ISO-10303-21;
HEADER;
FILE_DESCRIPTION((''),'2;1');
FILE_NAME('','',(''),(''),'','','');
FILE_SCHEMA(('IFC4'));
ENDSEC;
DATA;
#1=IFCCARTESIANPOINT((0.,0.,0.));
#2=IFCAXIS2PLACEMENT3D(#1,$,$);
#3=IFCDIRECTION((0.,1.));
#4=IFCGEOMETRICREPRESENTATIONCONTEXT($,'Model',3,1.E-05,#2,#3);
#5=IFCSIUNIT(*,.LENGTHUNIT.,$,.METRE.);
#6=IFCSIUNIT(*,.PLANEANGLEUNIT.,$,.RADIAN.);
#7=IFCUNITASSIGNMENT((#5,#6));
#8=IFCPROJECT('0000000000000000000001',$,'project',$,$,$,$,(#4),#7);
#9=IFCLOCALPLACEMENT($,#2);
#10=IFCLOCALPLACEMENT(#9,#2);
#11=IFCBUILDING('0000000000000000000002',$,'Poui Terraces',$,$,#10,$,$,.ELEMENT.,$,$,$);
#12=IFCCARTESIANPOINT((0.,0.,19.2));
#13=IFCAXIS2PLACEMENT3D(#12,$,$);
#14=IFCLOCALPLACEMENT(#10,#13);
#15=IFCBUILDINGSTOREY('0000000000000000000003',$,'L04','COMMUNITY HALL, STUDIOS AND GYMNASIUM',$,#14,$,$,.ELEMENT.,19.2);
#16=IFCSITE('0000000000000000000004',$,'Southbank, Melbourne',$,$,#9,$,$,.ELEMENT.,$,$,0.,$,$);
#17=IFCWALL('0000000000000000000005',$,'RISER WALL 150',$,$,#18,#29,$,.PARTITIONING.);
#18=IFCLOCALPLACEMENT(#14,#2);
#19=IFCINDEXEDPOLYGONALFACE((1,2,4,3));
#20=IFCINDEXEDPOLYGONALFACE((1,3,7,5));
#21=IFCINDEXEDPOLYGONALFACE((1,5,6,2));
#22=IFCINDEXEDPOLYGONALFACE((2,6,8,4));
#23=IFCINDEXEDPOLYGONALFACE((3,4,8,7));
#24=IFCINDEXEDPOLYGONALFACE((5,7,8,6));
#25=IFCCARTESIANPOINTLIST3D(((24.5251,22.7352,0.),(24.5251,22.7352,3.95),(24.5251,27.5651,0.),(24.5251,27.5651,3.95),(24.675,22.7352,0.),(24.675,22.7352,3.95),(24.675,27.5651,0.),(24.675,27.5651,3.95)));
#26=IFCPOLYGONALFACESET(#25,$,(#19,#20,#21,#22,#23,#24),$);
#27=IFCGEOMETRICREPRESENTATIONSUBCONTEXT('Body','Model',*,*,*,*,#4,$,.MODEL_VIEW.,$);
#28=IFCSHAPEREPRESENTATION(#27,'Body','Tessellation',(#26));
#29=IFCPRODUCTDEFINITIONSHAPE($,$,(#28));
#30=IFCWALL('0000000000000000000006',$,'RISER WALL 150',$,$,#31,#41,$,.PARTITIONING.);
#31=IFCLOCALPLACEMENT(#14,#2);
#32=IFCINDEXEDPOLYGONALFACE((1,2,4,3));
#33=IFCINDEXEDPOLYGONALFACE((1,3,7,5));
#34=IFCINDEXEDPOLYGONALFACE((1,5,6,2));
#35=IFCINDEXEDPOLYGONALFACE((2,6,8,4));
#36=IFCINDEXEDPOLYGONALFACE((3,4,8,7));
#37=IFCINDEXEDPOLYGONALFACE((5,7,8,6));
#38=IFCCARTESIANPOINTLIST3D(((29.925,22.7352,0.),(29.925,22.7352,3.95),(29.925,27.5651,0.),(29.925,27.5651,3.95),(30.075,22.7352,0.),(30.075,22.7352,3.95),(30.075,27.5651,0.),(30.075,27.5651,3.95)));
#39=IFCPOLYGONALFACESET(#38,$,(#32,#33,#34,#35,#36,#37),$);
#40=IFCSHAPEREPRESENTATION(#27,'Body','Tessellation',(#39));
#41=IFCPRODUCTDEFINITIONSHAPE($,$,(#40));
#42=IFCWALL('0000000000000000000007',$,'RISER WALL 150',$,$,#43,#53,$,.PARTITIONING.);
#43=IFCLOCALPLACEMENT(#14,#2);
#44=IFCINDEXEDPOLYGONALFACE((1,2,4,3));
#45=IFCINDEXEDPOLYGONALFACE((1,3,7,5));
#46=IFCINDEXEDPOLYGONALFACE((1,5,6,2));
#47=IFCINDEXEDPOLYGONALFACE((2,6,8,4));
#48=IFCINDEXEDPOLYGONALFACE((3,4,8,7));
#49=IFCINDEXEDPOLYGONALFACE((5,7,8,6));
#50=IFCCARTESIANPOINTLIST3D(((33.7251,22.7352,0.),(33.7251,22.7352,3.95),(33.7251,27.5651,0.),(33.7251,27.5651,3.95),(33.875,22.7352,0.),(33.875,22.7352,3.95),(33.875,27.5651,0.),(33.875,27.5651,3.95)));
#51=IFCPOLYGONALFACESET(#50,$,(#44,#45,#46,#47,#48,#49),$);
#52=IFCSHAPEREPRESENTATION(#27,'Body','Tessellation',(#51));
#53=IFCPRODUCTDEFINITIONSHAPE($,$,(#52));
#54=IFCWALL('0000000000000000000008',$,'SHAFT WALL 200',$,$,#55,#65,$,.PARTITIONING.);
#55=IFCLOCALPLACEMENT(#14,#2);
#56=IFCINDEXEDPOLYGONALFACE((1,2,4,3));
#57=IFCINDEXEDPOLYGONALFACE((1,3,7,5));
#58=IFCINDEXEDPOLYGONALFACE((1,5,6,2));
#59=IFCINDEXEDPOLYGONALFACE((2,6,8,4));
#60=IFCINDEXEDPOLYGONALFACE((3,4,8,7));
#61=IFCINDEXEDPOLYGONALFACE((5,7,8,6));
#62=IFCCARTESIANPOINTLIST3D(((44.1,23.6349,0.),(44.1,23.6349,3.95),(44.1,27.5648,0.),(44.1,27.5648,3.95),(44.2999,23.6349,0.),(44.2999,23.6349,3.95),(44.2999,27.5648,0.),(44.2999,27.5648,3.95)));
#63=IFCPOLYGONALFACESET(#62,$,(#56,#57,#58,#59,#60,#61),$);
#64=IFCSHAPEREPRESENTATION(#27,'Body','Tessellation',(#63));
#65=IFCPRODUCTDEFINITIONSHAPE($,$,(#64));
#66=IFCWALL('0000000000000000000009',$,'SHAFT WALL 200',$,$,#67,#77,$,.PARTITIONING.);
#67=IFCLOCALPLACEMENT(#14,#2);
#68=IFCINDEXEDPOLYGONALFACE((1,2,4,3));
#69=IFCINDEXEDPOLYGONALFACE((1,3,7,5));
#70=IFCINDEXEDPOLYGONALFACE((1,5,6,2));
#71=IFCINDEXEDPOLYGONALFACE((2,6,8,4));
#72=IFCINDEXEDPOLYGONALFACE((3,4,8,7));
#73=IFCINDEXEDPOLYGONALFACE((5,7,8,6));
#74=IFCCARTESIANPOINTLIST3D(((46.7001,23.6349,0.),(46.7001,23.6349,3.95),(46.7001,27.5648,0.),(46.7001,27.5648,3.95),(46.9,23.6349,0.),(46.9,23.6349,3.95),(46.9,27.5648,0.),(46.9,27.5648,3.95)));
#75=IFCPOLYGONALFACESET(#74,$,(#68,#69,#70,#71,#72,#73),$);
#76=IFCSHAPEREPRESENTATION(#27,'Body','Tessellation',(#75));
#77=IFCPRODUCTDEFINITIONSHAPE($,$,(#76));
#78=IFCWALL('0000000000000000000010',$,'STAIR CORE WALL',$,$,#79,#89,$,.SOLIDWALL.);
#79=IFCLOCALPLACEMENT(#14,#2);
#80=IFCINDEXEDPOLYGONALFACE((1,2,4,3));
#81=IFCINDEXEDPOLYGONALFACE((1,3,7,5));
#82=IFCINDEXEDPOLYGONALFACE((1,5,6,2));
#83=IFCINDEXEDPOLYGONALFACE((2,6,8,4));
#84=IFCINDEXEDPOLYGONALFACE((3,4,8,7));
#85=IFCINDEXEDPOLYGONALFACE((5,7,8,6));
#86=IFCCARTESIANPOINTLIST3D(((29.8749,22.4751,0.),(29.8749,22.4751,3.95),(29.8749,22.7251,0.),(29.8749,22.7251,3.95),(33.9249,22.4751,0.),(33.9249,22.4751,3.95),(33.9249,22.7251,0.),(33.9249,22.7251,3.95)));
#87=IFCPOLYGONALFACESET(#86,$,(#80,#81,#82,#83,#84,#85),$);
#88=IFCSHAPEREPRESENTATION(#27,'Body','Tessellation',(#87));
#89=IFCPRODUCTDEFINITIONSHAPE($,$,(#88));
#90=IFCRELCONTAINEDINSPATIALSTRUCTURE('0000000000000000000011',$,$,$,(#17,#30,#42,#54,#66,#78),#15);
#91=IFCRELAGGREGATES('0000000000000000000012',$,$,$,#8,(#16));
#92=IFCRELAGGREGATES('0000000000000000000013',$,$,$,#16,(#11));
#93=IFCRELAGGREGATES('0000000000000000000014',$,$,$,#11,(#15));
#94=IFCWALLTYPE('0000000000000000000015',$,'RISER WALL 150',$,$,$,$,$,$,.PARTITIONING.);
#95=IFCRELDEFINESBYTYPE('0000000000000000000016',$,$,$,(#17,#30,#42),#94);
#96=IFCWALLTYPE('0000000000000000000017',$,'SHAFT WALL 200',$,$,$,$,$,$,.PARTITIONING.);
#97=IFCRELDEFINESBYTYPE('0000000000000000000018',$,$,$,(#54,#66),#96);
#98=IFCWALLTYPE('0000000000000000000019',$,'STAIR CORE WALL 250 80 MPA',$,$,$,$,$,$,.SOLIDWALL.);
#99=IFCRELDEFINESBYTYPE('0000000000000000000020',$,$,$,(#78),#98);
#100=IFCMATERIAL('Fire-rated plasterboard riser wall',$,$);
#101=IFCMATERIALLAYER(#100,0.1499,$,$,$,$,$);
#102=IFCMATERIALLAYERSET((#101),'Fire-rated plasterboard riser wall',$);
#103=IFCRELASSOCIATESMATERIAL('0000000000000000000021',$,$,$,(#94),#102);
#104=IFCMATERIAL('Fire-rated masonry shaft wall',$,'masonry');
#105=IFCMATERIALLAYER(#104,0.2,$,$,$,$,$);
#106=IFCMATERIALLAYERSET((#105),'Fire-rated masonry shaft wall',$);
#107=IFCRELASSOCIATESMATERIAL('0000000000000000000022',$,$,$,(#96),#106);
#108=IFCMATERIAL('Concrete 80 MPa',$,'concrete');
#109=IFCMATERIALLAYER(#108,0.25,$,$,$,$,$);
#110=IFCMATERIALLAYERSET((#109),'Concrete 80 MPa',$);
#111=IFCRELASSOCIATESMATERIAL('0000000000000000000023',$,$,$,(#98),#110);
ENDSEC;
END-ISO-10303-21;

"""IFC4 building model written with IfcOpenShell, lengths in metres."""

from ifc_helpers import new_model, si_unit, direction, frame, frame_2d, origin, place, context, subcontext, project, spatial, rectangle, extrude, material, layer, layer_set, type_object, element, save


model = new_model("IFC4")

# Units and contexts
model_context = context("Model", 3, precision=1e-05, world=origin(), true_north=direction((0.0, 1.0)))
body_context = subcontext(model_context, "Body", "Model", "MODEL_VIEW")
ifc_project = project(units=[si_unit("LENGTHUNIT", "METRE"), si_unit("PLANEANGLEUNIT", "RADIAN")], contexts=[model_context])

# Site, building, storey
site_placement = place(None, origin())
site = spatial("IfcSite", under=ifc_project, at=site_placement, Name="Southbank, Melbourne", CompositionType="ELEMENT", RefElevation=0.0)
building_placement = place(site_placement, origin())
building = spatial("IfcBuilding", under=site, at=building_placement, Name="Poui Terraces", CompositionType="ELEMENT")
storey_placement = place(building_placement, frame((0.0, 0.0, 19.2)))
storey = spatial("IfcBuildingStorey", under=building, at=storey_placement, Name="L04", Description="COMMUNITY HALL, STUDIOS AND GYMNASIUM", CompositionType="ELEMENT", Elevation=19.2)

# Shared definitions
ifc_material_1 = material(Name="Concrete 80 MPa", Category="concrete")

# Walls
ifc_material_2 = material(Name="Fire-rated plasterboard riser wall")
ifc_layer_1 = layer(ifc_material_2, 0.1499)
ifc_layer_set_1 = layer_set([ifc_layer_1], Name="Fire-rated plasterboard riser wall")
wall_type_1 = type_object("IfcWallType", Name="RISER WALL 150", PredefinedType="PARTITIONING", material=ifc_layer_set_1)
for number, where, z_axis, x_axis, name in (
    (1, (24.6001, 22.7351, 0.0), (0.0, 0.0, 1.0), (0.0, 1.0, 0.0), "RISER WALL 150"),
    (2, (30.0, 22.7351, 0.0), (0.0, 0.0, 1.0), (0.0, 1.0, 0.0), "RISER WALL 150"),
    (3, (33.8, 22.7351, 0.0), (0.0, 0.0, 1.0), (0.0, 1.0, 0.0), "RISER WALL 150"),
):
    element("IfcWall", number, at=place(storey_placement, frame(where, z_axis=z_axis, x_axis=x_axis)), inside=storey, type_object=wall_type_1, Name=name, PredefinedType="PARTITIONING", context=body_context, shape_type="SweptSolid", body=[
        extrude(rectangle(XDim=4.8298, YDim=0.1499, at=frame_2d((2.415, 0.0))), origin(), (0.0, 0.0, 1.0), 3.95),
    ])
ifc_material_3 = material(Name="Fire-rated masonry shaft wall", Category="masonry")
ifc_layer_2 = layer(ifc_material_3, 0.2)
ifc_layer_set_2 = layer_set([ifc_layer_2], Name="Fire-rated masonry shaft wall")
wall_type_2 = type_object("IfcWallType", Name="SHAFT WALL 200", PredefinedType="PARTITIONING", material=ifc_layer_set_2)
for number, where, z_axis, x_axis, name in (
    (4, (44.2, 23.635, 0.0), (0.0, 0.0, 1.0), (0.0, 1.0, 0.0), "SHAFT WALL 200"),
    (5, (46.8, 23.635, 0.0), (0.0, 0.0, 1.0), (0.0, 1.0, 0.0), "SHAFT WALL 200"),
):
    element("IfcWall", number, at=place(storey_placement, frame(where, z_axis=z_axis, x_axis=x_axis)), inside=storey, type_object=wall_type_2, Name=name, PredefinedType="PARTITIONING", context=body_context, shape_type="SweptSolid", body=[
        extrude(rectangle(XDim=3.9299, YDim=0.2, at=frame_2d((1.9648, 0.0))), origin(), (0.0, 0.0, 1.0), 3.95),
    ])
ifc_layer_3 = layer(ifc_material_1, 0.25)
ifc_layer_set_3 = layer_set([ifc_layer_3], Name="Concrete 80 MPa")
wall_type_3 = type_object("IfcWallType", Name="STAIR CORE WALL 250 80 MPA", PredefinedType="SOLIDWALL", material=ifc_layer_set_3)
wall_1_placement = place(storey_placement, frame((29.875, 22.6001, 0.0), z_axis=(0.0, 0.0, 1.0), x_axis=(1.0, 0.0, 0.0)))
element("IfcWall", 6, at=wall_1_placement, inside=storey, type_object=wall_type_3, Name="STAIR CORE WALL", PredefinedType="SOLIDWALL", context=body_context, shape_type="SweptSolid", body=[
    extrude(rectangle(XDim=4.05, YDim=0.25, at=frame_2d((2.0249, 0.0))), origin(), (0.0, 0.0, 1.0), 3.95),
])

save(model, "model.ifc")
